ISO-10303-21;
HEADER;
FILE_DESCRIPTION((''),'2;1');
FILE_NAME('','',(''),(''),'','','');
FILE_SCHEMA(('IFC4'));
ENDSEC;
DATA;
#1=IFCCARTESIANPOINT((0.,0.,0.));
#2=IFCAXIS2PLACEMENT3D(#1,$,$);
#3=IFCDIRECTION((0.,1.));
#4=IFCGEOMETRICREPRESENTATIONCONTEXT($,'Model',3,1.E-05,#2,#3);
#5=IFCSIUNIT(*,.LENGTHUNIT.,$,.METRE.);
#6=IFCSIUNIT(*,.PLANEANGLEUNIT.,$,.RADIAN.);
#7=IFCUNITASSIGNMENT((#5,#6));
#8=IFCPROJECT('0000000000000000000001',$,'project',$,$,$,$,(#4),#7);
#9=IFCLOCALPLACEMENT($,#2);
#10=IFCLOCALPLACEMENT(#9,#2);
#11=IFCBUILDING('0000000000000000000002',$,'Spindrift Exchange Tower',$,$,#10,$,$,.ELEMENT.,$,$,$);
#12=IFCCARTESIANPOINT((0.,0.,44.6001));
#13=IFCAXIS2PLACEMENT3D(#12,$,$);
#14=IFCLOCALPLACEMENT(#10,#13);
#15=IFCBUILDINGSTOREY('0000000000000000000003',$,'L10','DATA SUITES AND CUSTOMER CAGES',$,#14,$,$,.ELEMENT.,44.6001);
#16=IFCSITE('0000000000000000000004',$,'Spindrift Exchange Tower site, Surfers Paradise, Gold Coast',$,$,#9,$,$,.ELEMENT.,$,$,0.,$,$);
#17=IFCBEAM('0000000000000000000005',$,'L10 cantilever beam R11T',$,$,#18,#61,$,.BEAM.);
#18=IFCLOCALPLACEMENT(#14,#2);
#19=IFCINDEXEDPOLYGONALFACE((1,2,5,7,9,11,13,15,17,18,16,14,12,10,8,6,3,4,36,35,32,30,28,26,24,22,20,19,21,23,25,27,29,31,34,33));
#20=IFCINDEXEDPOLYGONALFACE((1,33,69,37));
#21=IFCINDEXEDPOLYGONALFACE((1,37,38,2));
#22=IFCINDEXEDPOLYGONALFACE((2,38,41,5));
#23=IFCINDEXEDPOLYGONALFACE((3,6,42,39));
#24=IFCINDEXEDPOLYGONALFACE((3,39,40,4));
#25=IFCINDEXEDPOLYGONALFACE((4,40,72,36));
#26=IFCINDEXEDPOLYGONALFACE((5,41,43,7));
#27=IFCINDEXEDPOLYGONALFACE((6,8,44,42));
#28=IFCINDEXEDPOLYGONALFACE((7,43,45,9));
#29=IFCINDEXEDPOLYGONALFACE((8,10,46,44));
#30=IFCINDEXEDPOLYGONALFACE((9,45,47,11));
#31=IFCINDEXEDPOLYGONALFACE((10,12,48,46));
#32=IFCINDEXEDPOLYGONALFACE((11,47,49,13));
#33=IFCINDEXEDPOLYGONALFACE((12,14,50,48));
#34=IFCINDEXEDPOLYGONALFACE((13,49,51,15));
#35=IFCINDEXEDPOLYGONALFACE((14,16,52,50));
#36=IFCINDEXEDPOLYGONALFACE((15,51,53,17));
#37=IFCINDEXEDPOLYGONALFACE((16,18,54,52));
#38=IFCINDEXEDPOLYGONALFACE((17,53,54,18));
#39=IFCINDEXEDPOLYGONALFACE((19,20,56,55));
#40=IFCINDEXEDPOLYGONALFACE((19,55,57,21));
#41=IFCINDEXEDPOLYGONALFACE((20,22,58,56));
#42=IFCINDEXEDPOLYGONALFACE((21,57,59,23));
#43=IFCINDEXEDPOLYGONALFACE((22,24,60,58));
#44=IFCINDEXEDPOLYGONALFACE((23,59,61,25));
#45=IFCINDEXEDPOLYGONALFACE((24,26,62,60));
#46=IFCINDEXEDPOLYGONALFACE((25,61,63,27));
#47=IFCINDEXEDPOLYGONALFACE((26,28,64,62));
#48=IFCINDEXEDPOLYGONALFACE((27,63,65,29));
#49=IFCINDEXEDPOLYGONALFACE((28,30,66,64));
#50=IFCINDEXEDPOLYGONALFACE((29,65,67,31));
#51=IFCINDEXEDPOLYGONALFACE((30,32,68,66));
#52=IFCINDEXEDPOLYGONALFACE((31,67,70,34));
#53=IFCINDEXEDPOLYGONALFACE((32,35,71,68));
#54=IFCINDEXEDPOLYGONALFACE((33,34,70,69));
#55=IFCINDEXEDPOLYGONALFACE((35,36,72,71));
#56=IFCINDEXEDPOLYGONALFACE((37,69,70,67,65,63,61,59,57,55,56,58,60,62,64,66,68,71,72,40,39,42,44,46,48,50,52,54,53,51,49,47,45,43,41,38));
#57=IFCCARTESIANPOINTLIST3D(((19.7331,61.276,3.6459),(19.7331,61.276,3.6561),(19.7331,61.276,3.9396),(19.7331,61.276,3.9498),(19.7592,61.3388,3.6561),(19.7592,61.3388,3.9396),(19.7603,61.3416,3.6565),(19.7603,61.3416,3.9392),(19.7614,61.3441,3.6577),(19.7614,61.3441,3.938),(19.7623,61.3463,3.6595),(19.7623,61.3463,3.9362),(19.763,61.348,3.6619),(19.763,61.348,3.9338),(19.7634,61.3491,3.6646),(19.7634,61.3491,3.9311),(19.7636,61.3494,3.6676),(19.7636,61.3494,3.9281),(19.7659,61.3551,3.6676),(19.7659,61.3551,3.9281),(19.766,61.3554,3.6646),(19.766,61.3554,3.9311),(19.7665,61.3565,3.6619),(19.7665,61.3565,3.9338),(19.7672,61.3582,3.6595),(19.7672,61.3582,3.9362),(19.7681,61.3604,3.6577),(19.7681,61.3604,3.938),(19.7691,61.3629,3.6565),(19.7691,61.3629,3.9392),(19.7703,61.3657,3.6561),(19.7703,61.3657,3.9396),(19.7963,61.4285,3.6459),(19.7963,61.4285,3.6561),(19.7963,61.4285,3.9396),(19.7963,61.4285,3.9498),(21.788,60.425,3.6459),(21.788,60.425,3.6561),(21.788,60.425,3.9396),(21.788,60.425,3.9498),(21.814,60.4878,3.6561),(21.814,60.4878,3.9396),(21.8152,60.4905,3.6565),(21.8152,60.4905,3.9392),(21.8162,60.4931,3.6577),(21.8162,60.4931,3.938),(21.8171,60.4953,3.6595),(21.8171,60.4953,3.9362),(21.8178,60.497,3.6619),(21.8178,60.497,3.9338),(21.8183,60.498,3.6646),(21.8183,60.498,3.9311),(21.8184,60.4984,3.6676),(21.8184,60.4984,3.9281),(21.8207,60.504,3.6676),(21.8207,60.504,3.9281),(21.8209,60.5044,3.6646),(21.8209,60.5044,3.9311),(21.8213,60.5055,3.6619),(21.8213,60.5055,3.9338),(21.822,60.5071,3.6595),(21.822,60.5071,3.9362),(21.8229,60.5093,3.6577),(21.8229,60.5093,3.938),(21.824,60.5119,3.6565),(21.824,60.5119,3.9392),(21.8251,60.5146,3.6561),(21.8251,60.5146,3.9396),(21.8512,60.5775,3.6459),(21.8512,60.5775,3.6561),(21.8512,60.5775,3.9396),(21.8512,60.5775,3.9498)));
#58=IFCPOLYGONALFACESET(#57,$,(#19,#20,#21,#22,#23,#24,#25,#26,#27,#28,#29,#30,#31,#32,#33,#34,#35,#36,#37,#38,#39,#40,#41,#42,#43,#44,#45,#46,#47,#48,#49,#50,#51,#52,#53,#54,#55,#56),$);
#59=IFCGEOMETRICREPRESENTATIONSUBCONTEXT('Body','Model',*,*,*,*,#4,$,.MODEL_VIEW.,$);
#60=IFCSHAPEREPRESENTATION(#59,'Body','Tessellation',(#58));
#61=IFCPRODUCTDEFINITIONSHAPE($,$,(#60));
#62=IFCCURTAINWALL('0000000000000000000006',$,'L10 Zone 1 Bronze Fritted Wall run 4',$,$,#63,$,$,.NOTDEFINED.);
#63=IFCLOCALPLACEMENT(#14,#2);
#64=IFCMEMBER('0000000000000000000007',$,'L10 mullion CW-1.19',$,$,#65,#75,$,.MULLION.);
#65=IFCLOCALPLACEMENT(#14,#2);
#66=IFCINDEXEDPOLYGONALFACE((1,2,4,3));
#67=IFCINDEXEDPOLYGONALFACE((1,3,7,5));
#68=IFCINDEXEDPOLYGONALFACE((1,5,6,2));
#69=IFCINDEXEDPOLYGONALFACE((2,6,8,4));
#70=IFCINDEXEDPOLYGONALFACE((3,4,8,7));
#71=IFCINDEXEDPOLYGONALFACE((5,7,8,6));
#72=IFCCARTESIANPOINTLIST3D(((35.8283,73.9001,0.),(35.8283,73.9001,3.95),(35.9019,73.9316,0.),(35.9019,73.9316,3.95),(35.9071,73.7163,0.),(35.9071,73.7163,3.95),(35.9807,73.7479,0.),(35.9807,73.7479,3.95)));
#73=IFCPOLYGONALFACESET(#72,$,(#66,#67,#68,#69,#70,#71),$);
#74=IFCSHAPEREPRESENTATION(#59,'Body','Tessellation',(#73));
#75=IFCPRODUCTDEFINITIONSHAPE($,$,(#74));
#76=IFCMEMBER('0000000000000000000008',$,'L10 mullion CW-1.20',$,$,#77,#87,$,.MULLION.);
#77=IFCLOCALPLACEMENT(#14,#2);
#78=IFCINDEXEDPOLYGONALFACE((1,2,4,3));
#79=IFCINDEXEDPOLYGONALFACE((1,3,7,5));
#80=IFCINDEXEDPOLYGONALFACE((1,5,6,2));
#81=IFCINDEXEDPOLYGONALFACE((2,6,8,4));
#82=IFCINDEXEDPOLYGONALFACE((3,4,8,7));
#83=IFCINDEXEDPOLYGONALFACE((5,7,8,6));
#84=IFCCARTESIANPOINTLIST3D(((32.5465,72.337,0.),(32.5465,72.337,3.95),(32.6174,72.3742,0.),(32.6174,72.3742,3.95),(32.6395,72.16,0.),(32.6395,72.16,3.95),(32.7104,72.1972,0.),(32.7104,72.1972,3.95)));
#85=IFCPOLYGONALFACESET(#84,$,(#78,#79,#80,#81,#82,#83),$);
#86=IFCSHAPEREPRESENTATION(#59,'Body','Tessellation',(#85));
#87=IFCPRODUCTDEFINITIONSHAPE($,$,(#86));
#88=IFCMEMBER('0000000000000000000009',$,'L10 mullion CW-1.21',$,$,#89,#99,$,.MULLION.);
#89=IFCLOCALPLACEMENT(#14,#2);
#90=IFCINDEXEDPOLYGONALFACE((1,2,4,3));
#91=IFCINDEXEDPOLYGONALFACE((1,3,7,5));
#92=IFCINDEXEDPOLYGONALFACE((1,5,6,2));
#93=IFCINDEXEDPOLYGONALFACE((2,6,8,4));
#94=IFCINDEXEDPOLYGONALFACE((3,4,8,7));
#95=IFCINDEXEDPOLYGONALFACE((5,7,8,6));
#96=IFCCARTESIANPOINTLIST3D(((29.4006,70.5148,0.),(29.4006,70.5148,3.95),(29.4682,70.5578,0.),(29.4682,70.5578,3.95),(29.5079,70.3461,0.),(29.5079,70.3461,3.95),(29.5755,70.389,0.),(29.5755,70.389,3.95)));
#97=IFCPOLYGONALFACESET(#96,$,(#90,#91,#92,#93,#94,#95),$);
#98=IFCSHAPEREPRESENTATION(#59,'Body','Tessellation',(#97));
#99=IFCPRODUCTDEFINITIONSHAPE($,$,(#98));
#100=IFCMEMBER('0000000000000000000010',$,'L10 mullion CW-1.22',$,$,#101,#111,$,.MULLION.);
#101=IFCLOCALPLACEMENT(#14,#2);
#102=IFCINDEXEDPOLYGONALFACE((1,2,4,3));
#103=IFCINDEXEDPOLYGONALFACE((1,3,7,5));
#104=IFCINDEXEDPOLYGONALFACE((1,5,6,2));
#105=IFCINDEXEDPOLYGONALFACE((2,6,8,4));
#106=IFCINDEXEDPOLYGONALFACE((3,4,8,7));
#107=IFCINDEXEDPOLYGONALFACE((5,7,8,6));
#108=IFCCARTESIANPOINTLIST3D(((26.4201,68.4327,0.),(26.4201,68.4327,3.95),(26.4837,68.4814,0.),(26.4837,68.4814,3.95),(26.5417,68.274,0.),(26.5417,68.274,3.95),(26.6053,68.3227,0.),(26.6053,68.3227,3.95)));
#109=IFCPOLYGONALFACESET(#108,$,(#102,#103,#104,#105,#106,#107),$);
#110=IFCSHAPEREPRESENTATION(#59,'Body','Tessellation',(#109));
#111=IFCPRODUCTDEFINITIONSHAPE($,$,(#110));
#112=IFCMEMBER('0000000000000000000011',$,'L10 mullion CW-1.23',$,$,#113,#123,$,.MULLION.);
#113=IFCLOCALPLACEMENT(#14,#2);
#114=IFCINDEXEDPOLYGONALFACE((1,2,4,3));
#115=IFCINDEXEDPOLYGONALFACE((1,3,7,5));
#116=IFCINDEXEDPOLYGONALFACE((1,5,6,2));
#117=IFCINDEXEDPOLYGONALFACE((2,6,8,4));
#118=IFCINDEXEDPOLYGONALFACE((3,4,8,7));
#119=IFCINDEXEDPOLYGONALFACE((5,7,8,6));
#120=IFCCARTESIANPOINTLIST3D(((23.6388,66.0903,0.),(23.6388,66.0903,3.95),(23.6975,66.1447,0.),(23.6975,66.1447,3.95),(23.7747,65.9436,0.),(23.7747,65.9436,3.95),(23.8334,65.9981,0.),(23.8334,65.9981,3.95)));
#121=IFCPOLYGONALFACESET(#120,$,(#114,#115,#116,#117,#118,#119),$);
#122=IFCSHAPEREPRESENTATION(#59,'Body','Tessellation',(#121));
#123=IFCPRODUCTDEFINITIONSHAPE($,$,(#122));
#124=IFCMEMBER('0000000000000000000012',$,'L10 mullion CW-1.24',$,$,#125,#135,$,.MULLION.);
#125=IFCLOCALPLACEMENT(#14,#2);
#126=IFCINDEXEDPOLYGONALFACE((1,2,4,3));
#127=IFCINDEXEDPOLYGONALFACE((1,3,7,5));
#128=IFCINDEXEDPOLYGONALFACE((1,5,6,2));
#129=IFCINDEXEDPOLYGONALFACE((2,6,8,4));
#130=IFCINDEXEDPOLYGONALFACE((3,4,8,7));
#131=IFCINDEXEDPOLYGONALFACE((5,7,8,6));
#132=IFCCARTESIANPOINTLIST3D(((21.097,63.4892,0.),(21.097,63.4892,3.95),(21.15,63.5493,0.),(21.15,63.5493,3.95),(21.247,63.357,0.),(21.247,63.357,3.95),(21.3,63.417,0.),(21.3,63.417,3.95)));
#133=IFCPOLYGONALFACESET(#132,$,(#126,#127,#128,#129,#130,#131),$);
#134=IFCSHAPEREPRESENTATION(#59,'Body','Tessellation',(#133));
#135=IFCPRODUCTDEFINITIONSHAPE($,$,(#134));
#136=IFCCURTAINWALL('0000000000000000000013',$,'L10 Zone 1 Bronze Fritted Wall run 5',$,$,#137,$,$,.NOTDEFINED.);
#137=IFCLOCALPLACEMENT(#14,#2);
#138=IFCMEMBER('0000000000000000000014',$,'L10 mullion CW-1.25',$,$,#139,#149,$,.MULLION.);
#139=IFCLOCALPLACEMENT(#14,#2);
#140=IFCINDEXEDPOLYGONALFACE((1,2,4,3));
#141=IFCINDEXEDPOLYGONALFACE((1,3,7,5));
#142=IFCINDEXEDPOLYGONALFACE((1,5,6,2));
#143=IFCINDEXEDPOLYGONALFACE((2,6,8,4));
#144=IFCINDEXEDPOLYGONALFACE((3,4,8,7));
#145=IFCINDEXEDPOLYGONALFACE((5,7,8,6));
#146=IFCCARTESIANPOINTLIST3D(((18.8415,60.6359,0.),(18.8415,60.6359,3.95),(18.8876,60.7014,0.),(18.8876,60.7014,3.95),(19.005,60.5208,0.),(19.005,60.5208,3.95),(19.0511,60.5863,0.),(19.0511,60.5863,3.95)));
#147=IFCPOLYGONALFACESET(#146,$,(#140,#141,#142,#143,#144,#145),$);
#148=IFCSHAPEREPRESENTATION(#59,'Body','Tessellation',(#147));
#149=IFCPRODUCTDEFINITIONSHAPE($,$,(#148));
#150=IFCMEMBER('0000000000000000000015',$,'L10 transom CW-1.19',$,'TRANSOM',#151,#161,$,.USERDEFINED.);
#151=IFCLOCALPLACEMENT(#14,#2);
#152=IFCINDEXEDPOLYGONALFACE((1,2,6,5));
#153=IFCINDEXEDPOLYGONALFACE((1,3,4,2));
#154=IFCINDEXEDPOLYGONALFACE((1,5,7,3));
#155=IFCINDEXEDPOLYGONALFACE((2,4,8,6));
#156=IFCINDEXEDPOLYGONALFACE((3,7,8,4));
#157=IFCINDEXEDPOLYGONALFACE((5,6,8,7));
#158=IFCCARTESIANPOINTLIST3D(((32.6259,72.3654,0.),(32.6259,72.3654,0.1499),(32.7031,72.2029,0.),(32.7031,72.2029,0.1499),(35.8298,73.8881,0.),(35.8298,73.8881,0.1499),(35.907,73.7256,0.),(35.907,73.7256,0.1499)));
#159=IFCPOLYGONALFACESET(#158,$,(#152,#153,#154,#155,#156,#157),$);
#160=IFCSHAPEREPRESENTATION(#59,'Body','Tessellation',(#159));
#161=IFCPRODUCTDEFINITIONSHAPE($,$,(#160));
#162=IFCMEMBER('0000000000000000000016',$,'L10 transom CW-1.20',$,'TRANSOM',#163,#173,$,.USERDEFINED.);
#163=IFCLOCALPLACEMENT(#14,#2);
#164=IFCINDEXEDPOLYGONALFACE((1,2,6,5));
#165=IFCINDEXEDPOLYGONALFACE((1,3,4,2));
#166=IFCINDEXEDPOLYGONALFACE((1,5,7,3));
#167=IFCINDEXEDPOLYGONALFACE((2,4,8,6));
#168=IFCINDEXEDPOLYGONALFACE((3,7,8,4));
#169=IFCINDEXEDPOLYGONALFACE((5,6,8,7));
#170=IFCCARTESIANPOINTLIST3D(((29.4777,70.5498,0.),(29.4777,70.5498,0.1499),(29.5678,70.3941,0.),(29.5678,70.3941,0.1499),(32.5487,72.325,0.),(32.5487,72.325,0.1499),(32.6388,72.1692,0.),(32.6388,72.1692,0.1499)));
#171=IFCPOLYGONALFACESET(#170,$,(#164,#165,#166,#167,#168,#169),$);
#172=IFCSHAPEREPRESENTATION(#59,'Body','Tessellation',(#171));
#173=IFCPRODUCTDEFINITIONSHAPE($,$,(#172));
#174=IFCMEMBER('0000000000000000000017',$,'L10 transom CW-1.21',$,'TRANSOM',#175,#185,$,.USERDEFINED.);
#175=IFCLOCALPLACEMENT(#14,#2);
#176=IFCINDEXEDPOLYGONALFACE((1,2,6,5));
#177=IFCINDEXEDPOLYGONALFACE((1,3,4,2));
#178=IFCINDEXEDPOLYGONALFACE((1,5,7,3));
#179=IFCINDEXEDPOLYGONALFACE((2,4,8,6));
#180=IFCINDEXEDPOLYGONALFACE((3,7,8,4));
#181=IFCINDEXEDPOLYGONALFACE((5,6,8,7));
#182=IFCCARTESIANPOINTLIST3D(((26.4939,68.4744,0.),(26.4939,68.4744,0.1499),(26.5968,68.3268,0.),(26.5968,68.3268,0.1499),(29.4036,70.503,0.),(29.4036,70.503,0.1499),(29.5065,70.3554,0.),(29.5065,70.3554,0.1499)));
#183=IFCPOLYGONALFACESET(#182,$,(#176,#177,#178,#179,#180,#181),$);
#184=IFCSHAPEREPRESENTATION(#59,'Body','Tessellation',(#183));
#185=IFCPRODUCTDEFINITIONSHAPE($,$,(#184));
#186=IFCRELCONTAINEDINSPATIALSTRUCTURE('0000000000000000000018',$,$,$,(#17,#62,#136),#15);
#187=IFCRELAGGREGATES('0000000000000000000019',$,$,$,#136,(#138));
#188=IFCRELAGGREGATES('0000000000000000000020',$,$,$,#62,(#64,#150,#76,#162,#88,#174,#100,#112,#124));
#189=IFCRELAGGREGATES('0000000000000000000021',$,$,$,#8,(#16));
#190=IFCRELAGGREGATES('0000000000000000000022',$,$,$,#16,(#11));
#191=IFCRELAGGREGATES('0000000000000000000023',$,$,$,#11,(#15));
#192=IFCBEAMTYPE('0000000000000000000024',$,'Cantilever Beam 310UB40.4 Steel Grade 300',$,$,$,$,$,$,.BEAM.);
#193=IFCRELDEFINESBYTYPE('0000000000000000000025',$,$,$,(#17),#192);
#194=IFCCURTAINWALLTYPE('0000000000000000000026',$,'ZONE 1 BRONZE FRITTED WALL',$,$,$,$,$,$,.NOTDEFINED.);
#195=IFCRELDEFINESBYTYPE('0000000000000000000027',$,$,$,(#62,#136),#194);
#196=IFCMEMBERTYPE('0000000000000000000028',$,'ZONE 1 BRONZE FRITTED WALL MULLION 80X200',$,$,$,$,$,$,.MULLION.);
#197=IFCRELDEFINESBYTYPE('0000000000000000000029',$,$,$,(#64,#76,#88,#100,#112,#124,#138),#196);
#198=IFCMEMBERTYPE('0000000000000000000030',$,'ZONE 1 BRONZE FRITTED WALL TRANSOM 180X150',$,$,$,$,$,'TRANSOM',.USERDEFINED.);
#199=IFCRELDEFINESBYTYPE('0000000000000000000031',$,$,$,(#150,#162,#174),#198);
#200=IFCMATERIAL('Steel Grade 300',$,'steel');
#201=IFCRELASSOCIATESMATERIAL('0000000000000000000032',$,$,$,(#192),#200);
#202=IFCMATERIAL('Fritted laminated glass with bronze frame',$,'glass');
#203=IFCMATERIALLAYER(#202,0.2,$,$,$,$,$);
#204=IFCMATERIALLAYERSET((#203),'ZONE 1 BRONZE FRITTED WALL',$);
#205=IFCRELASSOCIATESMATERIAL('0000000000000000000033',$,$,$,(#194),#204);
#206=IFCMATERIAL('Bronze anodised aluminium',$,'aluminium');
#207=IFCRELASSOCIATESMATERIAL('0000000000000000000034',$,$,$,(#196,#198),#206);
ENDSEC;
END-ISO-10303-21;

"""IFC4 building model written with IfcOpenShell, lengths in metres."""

from ifc_helpers import new_model, si_unit, direction, frame, origin, origin_2d, place, context, subcontext, project, spatial, rectangle, i_section, extrude, source, transform, mapped, material, layer, layer_set, material_profile, profile_set, type_object, element, aggregate, save


model = new_model("IFC4")

# Units and contexts
model_context = context("Model", 3, precision=1e-05, world=origin(), true_north=direction((0.0, 1.0)))
body_context = subcontext(model_context, "Body", "Model", "MODEL_VIEW")
ifc_project = project(units=[si_unit("LENGTHUNIT", "METRE"), si_unit("PLANEANGLEUNIT", "RADIAN")], contexts=[model_context])

# Site, building, storey
site_placement = place(None, origin())
site = spatial("IfcSite", under=ifc_project, at=site_placement, Name="Spindrift Exchange Tower site, Surfers Paradise, Gold Coast", CompositionType="ELEMENT", RefElevation=0.0)
building_placement = place(site_placement, origin())
building = spatial("IfcBuilding", under=site, at=building_placement, Name="Spindrift Exchange Tower", CompositionType="ELEMENT")
storey_placement = place(building_placement, frame((0.0, 0.0, 44.6001)))
storey = spatial("IfcBuildingStorey", under=building, at=storey_placement, Name="L10", Description="DATA SUITES AND CUSTOMER CAGES", CompositionType="ELEMENT", Elevation=44.6001)

# Beam
ifc_material_1 = material(Name="Steel Grade 300", Category="steel")
ifc_material_profile_1 = material_profile(ifc_material_1, i_section(OverallWidth=0.165, OverallDepth=0.304, WebThickness=0.0061, FlangeThickness=0.0103, FilletRadius=0.0115, at=origin_2d()), Name="310UB40.4")
ifc_profile_set_1 = profile_set([ifc_material_profile_1], Name="Steel Grade 300")
beam_type_1 = type_object("IfcBeamType", Name="Cantilever Beam 310UB40.4 Steel Grade 300", PredefinedType="BEAM", material=ifc_profile_set_1)
shared_shape_1 = source(origin(), body_context, "Body", "SweptSolid", [
    extrude(i_section(OverallWidth=0.165, OverallDepth=0.304, WebThickness=0.0061, FlangeThickness=0.0103, FilletRadius=0.0115, at=origin_2d()), origin(), (0.0, 0.0, 1.0), 2.2241),
])
beam_1_placement = place(storey_placement, frame((21.8196, 60.5012, 3.7979), z_axis=(-0.923896, 0.382643, 0.0), x_axis=(-0.382643, -0.923896, 0.0)))
element("IfcBeam", 1, at=beam_1_placement, inside=storey, type_object=beam_type_1, Name="L10 cantilever beam R11T", PredefinedType="BEAM", context=body_context, shape_type="MappedRepresentation", body=[
    mapped(shared_shape_1, transform((0.0, 0.0, 0.0), scale=1.0)),
])

# Curtain wall, members
ifc_material_2 = material(Name="Fritted laminated glass with bronze frame", Category="glass")
ifc_layer_1 = layer(ifc_material_2, 0.2)
ifc_layer_set_1 = layer_set([ifc_layer_1], Name="ZONE 1 BRONZE FRITTED WALL")
curtain_wall_type = type_object("IfcCurtainWallType", Name="ZONE 1 BRONZE FRITTED WALL", PredefinedType="NOTDEFINED", material=ifc_layer_set_1)
curtain_wall_1_placement = place(storey_placement, origin())
curtain_wall_1 = element("IfcCurtainWall", 2, at=curtain_wall_1_placement, inside=storey, type_object=curtain_wall_type, Name="L10 Zone 1 Bronze Fritted Wall run 4", PredefinedType="NOTDEFINED")
ifc_material_3 = material(Name="Bronze anodised aluminium", Category="aluminium")
ifc_material_profile_2 = material_profile(ifc_material_3, rectangle(XDim=0.0801, YDim=0.2, at=origin_2d()), Name="ZONE 1 BRONZE FRITTED WALL MULLION 80X200")
ifc_profile_set_2 = profile_set([ifc_material_profile_2], Name="Bronze anodised aluminium")
member_type_1 = type_object("IfcMemberType", Name="ZONE 1 BRONZE FRITTED WALL MULLION 80X200", PredefinedType="MULLION", material=ifc_profile_set_2)
shared_shape_2 = source(origin(), body_context, "Body", "SweptSolid", [
    extrude(rectangle(XDim=0.0801, YDim=0.2, at=origin_2d()), origin(), (0.0, 0.0, 1.0), 3.95),
])
member_1_placement = place(storey_placement, frame((35.9045, 73.824, 0.0), z_axis=(0.0, 0.0, 1.0), x_axis=(-0.919087, -0.394054, 0.0)))
member_1 = element("IfcMember", 3, at=member_1_placement, type_object=member_type_1, Name="L10 mullion CW-1.19", PredefinedType="MULLION", context=body_context, shape_type="MappedRepresentation", body=[
    mapped(shared_shape_2, transform((0.0, 0.0, 0.0), scale=1.0)),
])
member_2_placement = place(storey_placement, frame((32.6284, 72.2671, 0.0), z_axis=(0.0, 0.0, 1.0), x_axis=(-0.885211, -0.46519, 0.0)))
member_2 = element("IfcMember", 4, at=member_2_placement, type_object=member_type_1, Name="L10 mullion CW-1.20", PredefinedType="MULLION", context=body_context, shape_type="MappedRepresentation", body=[
    mapped(shared_shape_2, transform((0.0, 0.0, 0.0), scale=1.0)),
])
member_3_placement = place(storey_placement, frame((29.488, 70.4519, 0.0), z_axis=(0.0, 0.0, 1.0), x_axis=(-0.843822, -0.536624, 0.0)))
member_3 = element("IfcMember", 5, at=member_3_placement, type_object=member_type_1, Name="L10 mullion CW-1.21", PredefinedType="MULLION", context=body_context, shape_type="MappedRepresentation", body=[
    mapped(shared_shape_2, transform((0.0, 0.0, 0.0), scale=1.0)),
])
member_4_placement = place(storey_placement, frame((26.5127, 68.3777, 0.0), z_axis=(0.0, 0.0, 1.0), x_axis=(-0.793739, -0.608259, 0.0)))
member_4 = element("IfcMember", 6, at=member_4_placement, type_object=member_type_1, Name="L10 mullion CW-1.22", PredefinedType="MULLION", context=body_context, shape_type="MappedRepresentation", body=[
    mapped(shared_shape_2, transform((0.0, 0.0, 0.0), scale=1.0)),
])
member_5_placement = place(storey_placement, frame((23.7361, 66.0442, 0.0), z_axis=(0.0, 0.0, 1.0), x_axis=(-0.733475, -0.679717, 0.0)))
member_5 = element("IfcMember", 7, at=member_5_placement, type_object=member_type_1, Name="L10 mullion CW-1.23", PredefinedType="MULLION", context=body_context, shape_type="MappedRepresentation", body=[
    mapped(shared_shape_2, transform((0.0, 0.0, 0.0), scale=1.0)),
])
member_6_placement = place(storey_placement, frame((21.1985, 63.4531, 0.0), z_axis=(0.0, 0.0, 1.0), x_axis=(-0.661302, -0.75012, 0.0)))
member_6 = element("IfcMember", 8, at=member_6_placement, type_object=member_type_1, Name="L10 mullion CW-1.24", PredefinedType="MULLION", context=body_context, shape_type="MappedRepresentation", body=[
    mapped(shared_shape_2, transform((0.0, 0.0, 0.0), scale=1.0)),
])

# Curtain wall, member
curtain_wall_2_placement = place(storey_placement, origin())
curtain_wall_2 = element("IfcCurtainWall", 9, at=curtain_wall_2_placement, inside=storey, type_object=curtain_wall_type, Name="L10 Zone 1 Bronze Fritted Wall run 5", PredefinedType="NOTDEFINED")
member_7_placement = place(storey_placement, frame((18.9463, 60.6111, 0.0), z_axis=(0.0, 0.0, 1.0), x_axis=(-0.57532, -0.817928, 0.0)))
member_7 = element("IfcMember", 10, at=member_7_placement, type_object=member_type_1, Name="L10 mullion CW-1.25", PredefinedType="MULLION", context=body_context, shape_type="MappedRepresentation", body=[
    mapped(shared_shape_2, transform((0.0, 0.0, 0.0), scale=1.0)),
])

# Members
ifc_material_profile_3 = material_profile(ifc_material_3, rectangle(XDim=0.1799, YDim=0.1499, at=origin_2d()), Name="ZONE 1 BRONZE FRITTED WALL TRANSOM 180X150")
ifc_profile_set_3 = profile_set([ifc_material_profile_3], Name="Bronze anodised aluminium")
member_type_2 = type_object("IfcMemberType", Name="ZONE 1 BRONZE FRITTED WALL TRANSOM 180X150", ElementType="TRANSOM", PredefinedType="USERDEFINED", material=ifc_profile_set_3)
shared_shape_3 = source(origin(), body_context, "Body", "SweptSolid", [
    extrude(rectangle(XDim=0.1799, YDim=0.1499, at=origin_2d()), origin(), (0.0, 0.0, 1.0), 3.5474),
])
member_8_placement = place(storey_placement, frame((35.8684, 73.8069, 0.075), z_axis=(-0.903182, -0.429258, 0.0), x_axis=(0.429258, -0.903182, 0.0)))
member_8 = element("IfcMember", 11, at=member_8_placement, type_object=member_type_2, Name="L10 transom CW-1.19", ObjectType="TRANSOM", PredefinedType="USERDEFINED", context=body_context, shape_type="MappedRepresentation", body=[
    mapped(shared_shape_3, transform((0.0, 0.0, 0.0), scale=1.0)),
])
shared_shape_4 = source(origin(), body_context, "Body", "SweptSolid", [
    extrude(rectangle(XDim=0.1799, YDim=0.1499, at=origin_2d()), origin(), (0.0, 0.0, 1.0), 3.5471),
])
member_9_placement = place(storey_placement, frame((32.5938, 72.2471, 0.075), z_axis=(-0.865772, -0.500439, 0.0), x_axis=(0.500439, -0.865772, 0.0)))
member_9 = element("IfcMember", 12, at=member_9_placement, type_object=member_type_2, Name="L10 transom CW-1.20", ObjectType="TRANSOM", PredefinedType="USERDEFINED", context=body_context, shape_type="MappedRepresentation", body=[
    mapped(shared_shape_4, transform((0.0, 0.0, 0.0), scale=1.0)),
])
member_10_placement = place(storey_placement, frame((29.4551, 70.4292, 0.075), z_axis=(-0.820317, -0.571909, 0.0), x_axis=(0.571909, -0.820317, 0.0)))
member_10 = element("IfcMember", 13, at=member_10_placement, type_object=member_type_2, Name="L10 transom CW-1.21", ObjectType="TRANSOM", PredefinedType="USERDEFINED", context=body_context, shape_type="MappedRepresentation", body=[
    mapped(shared_shape_4, transform((0.0, 0.0, 0.0), scale=1.0)),
])
aggregate(curtain_wall_2, [member_7])

aggregate(curtain_wall_1, [member_1, member_8, member_2, member_9, member_3, member_10, member_4, member_5, member_6])

save(model, "model.ifc")
